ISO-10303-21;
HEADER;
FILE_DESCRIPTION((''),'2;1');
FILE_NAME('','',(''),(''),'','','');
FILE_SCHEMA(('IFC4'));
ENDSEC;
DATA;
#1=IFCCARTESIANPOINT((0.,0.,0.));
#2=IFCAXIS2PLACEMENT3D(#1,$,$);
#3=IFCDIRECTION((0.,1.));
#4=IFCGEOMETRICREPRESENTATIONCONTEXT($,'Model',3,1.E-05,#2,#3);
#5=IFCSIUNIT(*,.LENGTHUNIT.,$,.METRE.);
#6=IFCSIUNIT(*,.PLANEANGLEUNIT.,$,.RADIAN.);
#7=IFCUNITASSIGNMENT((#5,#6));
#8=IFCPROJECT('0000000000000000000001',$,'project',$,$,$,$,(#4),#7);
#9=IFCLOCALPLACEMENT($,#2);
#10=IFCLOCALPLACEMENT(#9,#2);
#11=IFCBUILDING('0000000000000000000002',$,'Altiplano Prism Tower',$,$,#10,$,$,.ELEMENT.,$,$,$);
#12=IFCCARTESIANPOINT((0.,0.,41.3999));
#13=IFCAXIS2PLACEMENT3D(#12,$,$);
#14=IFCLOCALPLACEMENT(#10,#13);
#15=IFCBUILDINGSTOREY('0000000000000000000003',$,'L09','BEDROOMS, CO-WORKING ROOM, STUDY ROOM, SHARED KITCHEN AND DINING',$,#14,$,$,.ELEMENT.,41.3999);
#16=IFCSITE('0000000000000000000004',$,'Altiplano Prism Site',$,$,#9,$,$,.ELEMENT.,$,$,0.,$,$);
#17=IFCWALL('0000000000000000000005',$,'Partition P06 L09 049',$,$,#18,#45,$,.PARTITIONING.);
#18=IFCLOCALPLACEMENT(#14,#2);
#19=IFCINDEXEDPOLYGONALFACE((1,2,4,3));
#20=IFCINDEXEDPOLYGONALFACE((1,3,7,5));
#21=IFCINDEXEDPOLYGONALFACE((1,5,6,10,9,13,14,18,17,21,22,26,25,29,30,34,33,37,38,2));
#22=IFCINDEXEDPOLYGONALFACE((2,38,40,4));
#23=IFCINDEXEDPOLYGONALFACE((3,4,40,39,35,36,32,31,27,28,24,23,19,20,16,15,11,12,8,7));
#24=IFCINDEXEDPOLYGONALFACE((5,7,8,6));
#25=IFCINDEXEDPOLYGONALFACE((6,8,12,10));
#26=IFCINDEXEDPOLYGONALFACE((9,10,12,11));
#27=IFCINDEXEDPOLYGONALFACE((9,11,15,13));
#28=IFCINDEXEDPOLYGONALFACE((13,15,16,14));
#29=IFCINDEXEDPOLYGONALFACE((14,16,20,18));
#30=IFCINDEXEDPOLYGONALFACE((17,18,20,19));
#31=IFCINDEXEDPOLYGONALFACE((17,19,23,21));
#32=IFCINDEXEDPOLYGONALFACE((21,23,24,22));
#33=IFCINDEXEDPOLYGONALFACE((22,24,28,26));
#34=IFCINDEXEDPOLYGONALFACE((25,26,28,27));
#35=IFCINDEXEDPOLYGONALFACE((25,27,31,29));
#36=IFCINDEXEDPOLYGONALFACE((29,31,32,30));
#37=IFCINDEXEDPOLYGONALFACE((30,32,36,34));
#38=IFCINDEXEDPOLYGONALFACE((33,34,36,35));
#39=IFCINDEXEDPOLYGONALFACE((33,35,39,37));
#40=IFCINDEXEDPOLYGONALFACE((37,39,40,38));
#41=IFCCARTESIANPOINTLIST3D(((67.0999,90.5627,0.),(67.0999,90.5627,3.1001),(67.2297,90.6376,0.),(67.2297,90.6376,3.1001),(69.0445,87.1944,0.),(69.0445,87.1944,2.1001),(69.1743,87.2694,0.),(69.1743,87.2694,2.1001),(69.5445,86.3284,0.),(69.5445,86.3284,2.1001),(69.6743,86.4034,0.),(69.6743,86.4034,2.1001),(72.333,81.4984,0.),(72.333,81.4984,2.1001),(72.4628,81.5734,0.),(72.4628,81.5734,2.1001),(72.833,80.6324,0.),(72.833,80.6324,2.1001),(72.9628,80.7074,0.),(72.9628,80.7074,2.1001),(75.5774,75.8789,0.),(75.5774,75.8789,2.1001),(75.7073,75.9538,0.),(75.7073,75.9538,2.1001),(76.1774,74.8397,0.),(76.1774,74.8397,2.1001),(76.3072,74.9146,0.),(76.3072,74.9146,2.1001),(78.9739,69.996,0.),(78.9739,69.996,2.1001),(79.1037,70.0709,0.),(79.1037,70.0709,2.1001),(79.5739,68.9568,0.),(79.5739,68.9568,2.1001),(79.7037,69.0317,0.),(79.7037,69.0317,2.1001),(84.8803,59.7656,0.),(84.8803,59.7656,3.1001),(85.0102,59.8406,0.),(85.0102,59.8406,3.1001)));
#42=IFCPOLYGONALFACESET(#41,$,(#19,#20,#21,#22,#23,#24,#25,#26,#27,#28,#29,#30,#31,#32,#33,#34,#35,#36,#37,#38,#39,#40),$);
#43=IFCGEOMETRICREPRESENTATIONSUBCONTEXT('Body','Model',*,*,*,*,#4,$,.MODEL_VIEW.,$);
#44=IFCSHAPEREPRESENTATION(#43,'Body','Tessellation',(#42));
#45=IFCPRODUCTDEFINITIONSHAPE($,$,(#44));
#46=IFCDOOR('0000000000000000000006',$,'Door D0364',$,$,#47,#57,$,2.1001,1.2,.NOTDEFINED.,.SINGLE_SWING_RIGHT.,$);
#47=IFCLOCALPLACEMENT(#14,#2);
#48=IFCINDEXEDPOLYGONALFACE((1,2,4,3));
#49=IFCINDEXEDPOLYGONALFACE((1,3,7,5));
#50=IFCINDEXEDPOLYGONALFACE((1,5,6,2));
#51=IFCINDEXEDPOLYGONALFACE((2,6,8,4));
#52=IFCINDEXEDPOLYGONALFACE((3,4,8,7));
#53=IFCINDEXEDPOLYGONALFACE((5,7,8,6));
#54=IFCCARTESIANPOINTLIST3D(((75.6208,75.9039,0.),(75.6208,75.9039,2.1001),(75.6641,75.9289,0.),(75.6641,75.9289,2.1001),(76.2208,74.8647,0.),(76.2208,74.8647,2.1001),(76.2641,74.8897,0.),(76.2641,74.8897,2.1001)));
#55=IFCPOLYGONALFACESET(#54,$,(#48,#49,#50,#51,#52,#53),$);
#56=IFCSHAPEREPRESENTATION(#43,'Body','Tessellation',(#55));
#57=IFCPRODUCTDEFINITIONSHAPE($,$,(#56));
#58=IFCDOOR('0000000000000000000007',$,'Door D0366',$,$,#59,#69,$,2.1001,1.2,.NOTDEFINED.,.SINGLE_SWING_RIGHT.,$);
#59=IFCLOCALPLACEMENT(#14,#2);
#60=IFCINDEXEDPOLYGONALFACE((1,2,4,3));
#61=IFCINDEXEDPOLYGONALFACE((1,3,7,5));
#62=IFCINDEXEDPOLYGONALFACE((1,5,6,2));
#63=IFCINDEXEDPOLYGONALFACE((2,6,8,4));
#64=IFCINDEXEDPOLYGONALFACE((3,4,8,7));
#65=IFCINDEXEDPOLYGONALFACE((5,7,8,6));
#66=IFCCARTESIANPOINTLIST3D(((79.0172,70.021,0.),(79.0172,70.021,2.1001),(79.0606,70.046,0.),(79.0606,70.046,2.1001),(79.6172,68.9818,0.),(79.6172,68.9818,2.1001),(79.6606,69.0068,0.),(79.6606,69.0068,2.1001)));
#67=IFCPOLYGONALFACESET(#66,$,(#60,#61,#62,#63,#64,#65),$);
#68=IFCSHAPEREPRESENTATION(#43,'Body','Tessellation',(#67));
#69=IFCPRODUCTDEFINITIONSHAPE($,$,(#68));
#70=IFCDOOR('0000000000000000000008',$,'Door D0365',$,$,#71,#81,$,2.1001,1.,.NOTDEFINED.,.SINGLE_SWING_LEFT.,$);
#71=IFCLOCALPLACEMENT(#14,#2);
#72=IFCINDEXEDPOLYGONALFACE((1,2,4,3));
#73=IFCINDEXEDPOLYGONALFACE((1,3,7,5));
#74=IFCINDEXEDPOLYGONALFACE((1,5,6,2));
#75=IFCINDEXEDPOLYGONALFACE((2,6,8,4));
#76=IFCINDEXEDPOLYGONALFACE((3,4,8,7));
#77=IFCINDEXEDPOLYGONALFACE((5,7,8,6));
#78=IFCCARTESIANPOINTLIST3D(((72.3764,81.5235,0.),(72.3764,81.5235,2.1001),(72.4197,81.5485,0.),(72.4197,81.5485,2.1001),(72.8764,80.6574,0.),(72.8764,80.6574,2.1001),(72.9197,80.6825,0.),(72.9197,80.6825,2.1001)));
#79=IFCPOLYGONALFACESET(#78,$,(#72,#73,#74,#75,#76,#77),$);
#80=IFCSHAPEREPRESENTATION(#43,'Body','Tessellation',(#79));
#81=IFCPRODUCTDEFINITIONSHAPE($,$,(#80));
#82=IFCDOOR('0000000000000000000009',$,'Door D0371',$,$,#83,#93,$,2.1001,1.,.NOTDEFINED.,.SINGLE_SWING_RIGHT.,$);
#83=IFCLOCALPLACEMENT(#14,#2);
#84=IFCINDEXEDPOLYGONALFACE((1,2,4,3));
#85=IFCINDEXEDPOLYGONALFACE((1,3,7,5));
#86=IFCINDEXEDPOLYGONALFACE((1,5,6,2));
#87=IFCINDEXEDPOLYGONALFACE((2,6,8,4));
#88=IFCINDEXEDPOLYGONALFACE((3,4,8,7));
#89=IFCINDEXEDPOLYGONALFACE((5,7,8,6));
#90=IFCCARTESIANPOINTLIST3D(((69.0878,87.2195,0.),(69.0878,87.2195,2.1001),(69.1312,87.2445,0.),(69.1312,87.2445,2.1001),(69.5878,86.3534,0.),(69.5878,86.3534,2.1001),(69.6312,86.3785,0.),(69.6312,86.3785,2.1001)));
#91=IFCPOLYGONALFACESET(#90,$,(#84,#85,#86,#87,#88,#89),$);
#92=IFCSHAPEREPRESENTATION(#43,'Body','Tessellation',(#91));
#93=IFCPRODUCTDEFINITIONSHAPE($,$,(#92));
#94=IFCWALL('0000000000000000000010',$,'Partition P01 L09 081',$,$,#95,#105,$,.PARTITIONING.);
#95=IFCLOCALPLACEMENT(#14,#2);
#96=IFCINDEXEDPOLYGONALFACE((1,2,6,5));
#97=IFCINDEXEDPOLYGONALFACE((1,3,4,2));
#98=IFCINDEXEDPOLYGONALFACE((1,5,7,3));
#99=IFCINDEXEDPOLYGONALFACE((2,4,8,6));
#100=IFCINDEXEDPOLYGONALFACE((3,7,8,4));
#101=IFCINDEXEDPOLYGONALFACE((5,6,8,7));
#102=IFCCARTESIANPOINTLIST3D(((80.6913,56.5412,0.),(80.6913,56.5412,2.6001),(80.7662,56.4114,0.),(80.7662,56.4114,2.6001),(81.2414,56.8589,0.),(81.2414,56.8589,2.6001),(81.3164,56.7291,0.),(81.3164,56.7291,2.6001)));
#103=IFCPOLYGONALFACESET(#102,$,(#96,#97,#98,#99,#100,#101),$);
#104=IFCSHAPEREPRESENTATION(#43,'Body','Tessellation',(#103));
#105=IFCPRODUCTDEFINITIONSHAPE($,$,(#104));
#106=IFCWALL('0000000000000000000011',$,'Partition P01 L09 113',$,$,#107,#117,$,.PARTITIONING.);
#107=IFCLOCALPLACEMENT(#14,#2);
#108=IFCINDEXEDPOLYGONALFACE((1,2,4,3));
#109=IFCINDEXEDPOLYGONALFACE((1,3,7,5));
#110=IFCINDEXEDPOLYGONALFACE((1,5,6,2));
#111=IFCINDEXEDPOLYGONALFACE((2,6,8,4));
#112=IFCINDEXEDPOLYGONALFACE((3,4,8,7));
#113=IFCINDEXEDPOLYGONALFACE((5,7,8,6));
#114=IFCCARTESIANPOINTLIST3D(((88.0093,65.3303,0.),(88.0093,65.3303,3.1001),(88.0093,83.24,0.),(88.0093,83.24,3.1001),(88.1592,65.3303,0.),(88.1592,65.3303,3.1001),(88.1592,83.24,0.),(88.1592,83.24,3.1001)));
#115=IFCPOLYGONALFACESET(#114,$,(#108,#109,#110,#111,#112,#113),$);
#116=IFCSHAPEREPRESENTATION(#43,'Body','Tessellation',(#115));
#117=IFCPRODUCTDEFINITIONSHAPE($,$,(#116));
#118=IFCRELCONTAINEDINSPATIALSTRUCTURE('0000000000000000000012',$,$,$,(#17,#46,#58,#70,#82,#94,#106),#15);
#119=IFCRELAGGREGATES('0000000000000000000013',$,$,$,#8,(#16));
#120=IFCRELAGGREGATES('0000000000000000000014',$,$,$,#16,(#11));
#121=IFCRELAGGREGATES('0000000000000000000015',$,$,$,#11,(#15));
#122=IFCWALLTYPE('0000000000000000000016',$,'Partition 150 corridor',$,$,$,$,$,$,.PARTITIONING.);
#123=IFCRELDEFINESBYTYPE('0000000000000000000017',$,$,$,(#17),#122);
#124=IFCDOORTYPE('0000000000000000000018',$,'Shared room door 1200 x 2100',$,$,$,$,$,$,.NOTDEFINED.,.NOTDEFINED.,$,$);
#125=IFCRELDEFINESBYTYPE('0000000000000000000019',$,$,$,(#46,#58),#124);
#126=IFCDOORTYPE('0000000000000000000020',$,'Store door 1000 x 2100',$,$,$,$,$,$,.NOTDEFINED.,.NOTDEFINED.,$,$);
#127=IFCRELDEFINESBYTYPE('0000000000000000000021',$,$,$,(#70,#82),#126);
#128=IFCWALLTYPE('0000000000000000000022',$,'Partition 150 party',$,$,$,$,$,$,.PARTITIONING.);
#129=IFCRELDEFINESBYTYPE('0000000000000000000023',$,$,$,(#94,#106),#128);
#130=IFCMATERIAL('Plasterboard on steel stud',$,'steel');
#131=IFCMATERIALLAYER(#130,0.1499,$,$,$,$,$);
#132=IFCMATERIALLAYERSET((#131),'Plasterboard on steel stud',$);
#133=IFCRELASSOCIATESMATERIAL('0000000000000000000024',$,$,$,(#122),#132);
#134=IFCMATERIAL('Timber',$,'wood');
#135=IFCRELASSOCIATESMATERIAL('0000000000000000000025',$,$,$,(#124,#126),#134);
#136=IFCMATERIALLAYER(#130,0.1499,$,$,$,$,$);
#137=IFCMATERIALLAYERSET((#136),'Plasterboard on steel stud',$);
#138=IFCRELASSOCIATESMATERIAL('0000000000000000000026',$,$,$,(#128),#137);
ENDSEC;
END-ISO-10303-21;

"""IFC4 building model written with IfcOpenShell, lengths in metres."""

from ifc_helpers import new_model, si_unit, direction, frame, frame_2d, origin, place, context, subcontext, project, spatial, rectangle, extrude, material, layer, layer_set, type_object, element, fill, save


model = new_model("IFC4")

# Units and contexts
model_context = context("Model", 3, precision=1e-05, world=origin(), true_north=direction((0.0, 1.0)))
body_context = subcontext(model_context, "Body", "Model", "MODEL_VIEW")
ifc_project = project(units=[si_unit("LENGTHUNIT", "METRE"), si_unit("PLANEANGLEUNIT", "RADIAN")], contexts=[model_context])

# Site, building, storey
site_placement = place(None, origin())
site = spatial("IfcSite", under=ifc_project, at=site_placement, Name="Altiplano Prism Site", CompositionType="ELEMENT", RefElevation=0.0)
building_placement = place(site_placement, origin())
building = spatial("IfcBuilding", under=site, at=building_placement, Name="Altiplano Prism Tower", CompositionType="ELEMENT")
storey_placement = place(building_placement, frame((0.0, 0.0, 41.3999)))
storey = spatial("IfcBuildingStorey", under=building, at=storey_placement, Name="L09", Description="BEDROOMS, CO-WORKING ROOM, STUDY ROOM, SHARED KITCHEN AND DINING", CompositionType="ELEMENT", Elevation=41.3999)

# Shared definitions
ifc_material_1 = material(Name="Plasterboard on steel stud", Category="steel")

# Shared definitions
ifc_material_2 = material(Name="Timber", Category="wood")

# Shared definitions
ifc_layer_1 = layer(ifc_material_1, 0.1499)
ifc_layer_set_1 = layer_set([ifc_layer_1], Name="Plasterboard on steel stud")
wall_type_1 = type_object("IfcWallType", Name="Partition 150 corridor", PredefinedType="PARTITIONING", material=ifc_layer_set_1)

# Shared definitions
door_type_1 = type_object("IfcDoorType", Name="Shared room door 1200 x 2100", OperationType="NOTDEFINED", PredefinedType="NOTDEFINED", material=ifc_material_2)

# Wall, openings, doors
wall_1_placement = place(storey_placement, frame((84.9453, 59.803, 0.0), z_axis=(0.0, 0.0, 1.0), x_axis=(-0.499996, 0.866028, 0.0)))
wall_1 = element("IfcWall", 1, at=wall_1_placement, inside=storey, type_object=wall_type_1, Name="Partition P06 L09 049", PredefinedType="PARTITIONING", context=body_context, shape_type="SweptSolid", body=[
    extrude(rectangle(XDim=35.5613, YDim=0.1499, at=frame_2d((17.7808, 0.0))), origin(), (0.0, 0.0, 1.0), 3.1001),
])
opening_1_placement = place(wall_1_placement, frame((17.406, 0.0, 0.0)))
opening_1 = element("IfcOpeningElement", 2, at=opening_1_placement, cuts=wall_1, PredefinedType="OPENING", context=body_context, shape_type="SweptSolid", body=[
    extrude(rectangle(XDim=1.2, YDim=2.1001, at=frame_2d((0.6001, 1.05))), frame((0.0, 0.0854, 0.0), z_axis=(0.0, -1.0, 0.0), x_axis=(1.0, 0.0, 0.0)), (0.0, 0.0, 1.0), 0.1709),
])
opening_2_placement = place(wall_1_placement, frame((24.095, 0.0, 0.0)))
opening_2 = element("IfcOpeningElement", 3, at=opening_2_placement, cuts=wall_1, PredefinedType="OPENING", context=body_context, shape_type="SweptSolid", body=[
    extrude(rectangle(XDim=1.0, YDim=2.1001, at=frame_2d((0.5, 1.05))), frame((0.0, 0.0854, 0.0), z_axis=(0.0, -1.0, 0.0), x_axis=(1.0, 0.0, 0.0)), (0.0, 0.0, 1.0), 0.1709),
])
opening_3_placement = place(wall_1_placement, frame((10.613, 0.0, 0.0)))
opening_3 = element("IfcOpeningElement", 4, at=opening_3_placement, cuts=wall_1, PredefinedType="OPENING", context=body_context, shape_type="SweptSolid", body=[
    extrude(rectangle(XDim=1.2, YDim=2.1001, at=frame_2d((0.6001, 1.05))), frame((0.0, 0.0854, 0.0), z_axis=(0.0, -1.0, 0.0), x_axis=(1.0, 0.0, 0.0)), (0.0, 0.0, 1.0), 0.1709),
])
opening_4_placement = place(wall_1_placement, frame((30.6721, 0.0, 0.0)))
opening_4 = element("IfcOpeningElement", 5, at=opening_4_placement, cuts=wall_1, PredefinedType="OPENING", context=body_context, shape_type="SweptSolid", body=[
    extrude(rectangle(XDim=1.0, YDim=2.1001, at=frame_2d((0.5, 1.05))), frame((0.0, 0.0854, 0.0), z_axis=(0.0, -1.0, 0.0), x_axis=(1.0, 0.0, 0.0)), (0.0, 0.0, 1.0), 0.1709),
])
door_1_placement = place(opening_1_placement, origin())
door_1 = element("IfcDoor", 6, at=door_1_placement, inside=storey, type_object=door_type_1, Name="Door D0364", OperationType="SINGLE_SWING_RIGHT", OverallHeight=2.1001, OverallWidth=1.2, PredefinedType="NOTDEFINED", context=body_context, shape_type="SweptSolid", body=[
    extrude(rectangle(XDim=1.2, YDim=2.1001, at=frame_2d((0.6001, 1.05))), frame((0.0, 0.0249, 0.0), z_axis=(0.0, -1.0, 0.0), x_axis=(1.0, 0.0, 0.0)), (0.0, 0.0, 1.0), 0.05),
])
fill(opening_1, door_1)
door_2_placement = place(opening_3_placement, origin())
door_2 = element("IfcDoor", 7, at=door_2_placement, inside=storey, type_object=door_type_1, Name="Door D0366", OperationType="SINGLE_SWING_RIGHT", OverallHeight=2.1001, OverallWidth=1.2, PredefinedType="NOTDEFINED", context=body_context, shape_type="SweptSolid", body=[
    extrude(rectangle(XDim=1.2, YDim=2.1001, at=frame_2d((0.6001, 1.05))), frame((0.0, 0.0249, 0.0), z_axis=(0.0, -1.0, 0.0), x_axis=(1.0, 0.0, 0.0)), (0.0, 0.0, 1.0), 0.05),
])
fill(opening_3, door_2)
door_type_2 = type_object("IfcDoorType", Name="Store door 1000 x 2100", OperationType="NOTDEFINED", PredefinedType="NOTDEFINED", material=ifc_material_2)
door_3_placement = place(opening_2_placement, origin())
door_3 = element("IfcDoor", 8, at=door_3_placement, inside=storey, type_object=door_type_2, Name="Door D0365", OperationType="SINGLE_SWING_LEFT", OverallHeight=2.1001, OverallWidth=1.0, PredefinedType="NOTDEFINED", context=body_context, shape_type="SweptSolid", body=[
    extrude(rectangle(XDim=1.0, YDim=2.1001, at=frame_2d((0.5, 1.05))), frame((0.0, 0.0249, 0.0), z_axis=(0.0, -1.0, 0.0), x_axis=(1.0, 0.0, 0.0)), (0.0, 0.0, 1.0), 0.05),
])
fill(opening_2, door_3)
door_4_placement = place(opening_4_placement, origin())
door_4 = element("IfcDoor", 9, at=door_4_placement, inside=storey, type_object=door_type_2, Name="Door D0371", OperationType="SINGLE_SWING_RIGHT", OverallHeight=2.1001, OverallWidth=1.0, PredefinedType="NOTDEFINED", context=body_context, shape_type="SweptSolid", body=[
    extrude(rectangle(XDim=1.0, YDim=2.1001, at=frame_2d((0.5, 1.05))), frame((0.0, 0.0249, 0.0), z_axis=(0.0, -1.0, 0.0), x_axis=(1.0, 0.0, 0.0)), (0.0, 0.0, 1.0), 0.05),
])
fill(opening_4, door_4)

# Walls
ifc_layer_2 = layer(ifc_material_1, 0.1499)
ifc_layer_set_2 = layer_set([ifc_layer_2], Name="Plasterboard on steel stud")
wall_type_2 = type_object("IfcWallType", Name="Partition 150 party", PredefinedType="PARTITIONING", material=ifc_layer_set_2)
wall_2_placement = place(storey_placement, frame((80.7288, 56.4763, 0.0), z_axis=(0.0, 0.0, 1.0), x_axis=(0.865987, 0.500066, 0.0)))
element("IfcWall", 10, at=wall_2_placement, inside=storey, type_object=wall_type_2, Name="Partition P01 L09 081", PredefinedType="PARTITIONING", context=body_context, shape_type="SweptSolid", body=[
    extrude(rectangle(XDim=0.6353, YDim=0.1499, at=frame_2d((0.3176, 0.0))), origin(), (0.0, 0.0, 1.0), 2.6001),
])
wall_3_placement = place(storey_placement, frame((88.0842, 65.3303, 0.0), z_axis=(0.0, 0.0, 1.0), x_axis=(0.0, 1.0, 0.0)))
element("IfcWall", 11, at=wall_3_placement, inside=storey, type_object=wall_type_2, Name="Partition P01 L09 113", PredefinedType="PARTITIONING", context=body_context, shape_type="SweptSolid", body=[
    extrude(rectangle(XDim=17.9097, YDim=0.1499, at=frame_2d((8.9548, 0.0))), origin(), (0.0, 0.0, 1.0), 3.1001),
])

save(model, "model.ifc")
